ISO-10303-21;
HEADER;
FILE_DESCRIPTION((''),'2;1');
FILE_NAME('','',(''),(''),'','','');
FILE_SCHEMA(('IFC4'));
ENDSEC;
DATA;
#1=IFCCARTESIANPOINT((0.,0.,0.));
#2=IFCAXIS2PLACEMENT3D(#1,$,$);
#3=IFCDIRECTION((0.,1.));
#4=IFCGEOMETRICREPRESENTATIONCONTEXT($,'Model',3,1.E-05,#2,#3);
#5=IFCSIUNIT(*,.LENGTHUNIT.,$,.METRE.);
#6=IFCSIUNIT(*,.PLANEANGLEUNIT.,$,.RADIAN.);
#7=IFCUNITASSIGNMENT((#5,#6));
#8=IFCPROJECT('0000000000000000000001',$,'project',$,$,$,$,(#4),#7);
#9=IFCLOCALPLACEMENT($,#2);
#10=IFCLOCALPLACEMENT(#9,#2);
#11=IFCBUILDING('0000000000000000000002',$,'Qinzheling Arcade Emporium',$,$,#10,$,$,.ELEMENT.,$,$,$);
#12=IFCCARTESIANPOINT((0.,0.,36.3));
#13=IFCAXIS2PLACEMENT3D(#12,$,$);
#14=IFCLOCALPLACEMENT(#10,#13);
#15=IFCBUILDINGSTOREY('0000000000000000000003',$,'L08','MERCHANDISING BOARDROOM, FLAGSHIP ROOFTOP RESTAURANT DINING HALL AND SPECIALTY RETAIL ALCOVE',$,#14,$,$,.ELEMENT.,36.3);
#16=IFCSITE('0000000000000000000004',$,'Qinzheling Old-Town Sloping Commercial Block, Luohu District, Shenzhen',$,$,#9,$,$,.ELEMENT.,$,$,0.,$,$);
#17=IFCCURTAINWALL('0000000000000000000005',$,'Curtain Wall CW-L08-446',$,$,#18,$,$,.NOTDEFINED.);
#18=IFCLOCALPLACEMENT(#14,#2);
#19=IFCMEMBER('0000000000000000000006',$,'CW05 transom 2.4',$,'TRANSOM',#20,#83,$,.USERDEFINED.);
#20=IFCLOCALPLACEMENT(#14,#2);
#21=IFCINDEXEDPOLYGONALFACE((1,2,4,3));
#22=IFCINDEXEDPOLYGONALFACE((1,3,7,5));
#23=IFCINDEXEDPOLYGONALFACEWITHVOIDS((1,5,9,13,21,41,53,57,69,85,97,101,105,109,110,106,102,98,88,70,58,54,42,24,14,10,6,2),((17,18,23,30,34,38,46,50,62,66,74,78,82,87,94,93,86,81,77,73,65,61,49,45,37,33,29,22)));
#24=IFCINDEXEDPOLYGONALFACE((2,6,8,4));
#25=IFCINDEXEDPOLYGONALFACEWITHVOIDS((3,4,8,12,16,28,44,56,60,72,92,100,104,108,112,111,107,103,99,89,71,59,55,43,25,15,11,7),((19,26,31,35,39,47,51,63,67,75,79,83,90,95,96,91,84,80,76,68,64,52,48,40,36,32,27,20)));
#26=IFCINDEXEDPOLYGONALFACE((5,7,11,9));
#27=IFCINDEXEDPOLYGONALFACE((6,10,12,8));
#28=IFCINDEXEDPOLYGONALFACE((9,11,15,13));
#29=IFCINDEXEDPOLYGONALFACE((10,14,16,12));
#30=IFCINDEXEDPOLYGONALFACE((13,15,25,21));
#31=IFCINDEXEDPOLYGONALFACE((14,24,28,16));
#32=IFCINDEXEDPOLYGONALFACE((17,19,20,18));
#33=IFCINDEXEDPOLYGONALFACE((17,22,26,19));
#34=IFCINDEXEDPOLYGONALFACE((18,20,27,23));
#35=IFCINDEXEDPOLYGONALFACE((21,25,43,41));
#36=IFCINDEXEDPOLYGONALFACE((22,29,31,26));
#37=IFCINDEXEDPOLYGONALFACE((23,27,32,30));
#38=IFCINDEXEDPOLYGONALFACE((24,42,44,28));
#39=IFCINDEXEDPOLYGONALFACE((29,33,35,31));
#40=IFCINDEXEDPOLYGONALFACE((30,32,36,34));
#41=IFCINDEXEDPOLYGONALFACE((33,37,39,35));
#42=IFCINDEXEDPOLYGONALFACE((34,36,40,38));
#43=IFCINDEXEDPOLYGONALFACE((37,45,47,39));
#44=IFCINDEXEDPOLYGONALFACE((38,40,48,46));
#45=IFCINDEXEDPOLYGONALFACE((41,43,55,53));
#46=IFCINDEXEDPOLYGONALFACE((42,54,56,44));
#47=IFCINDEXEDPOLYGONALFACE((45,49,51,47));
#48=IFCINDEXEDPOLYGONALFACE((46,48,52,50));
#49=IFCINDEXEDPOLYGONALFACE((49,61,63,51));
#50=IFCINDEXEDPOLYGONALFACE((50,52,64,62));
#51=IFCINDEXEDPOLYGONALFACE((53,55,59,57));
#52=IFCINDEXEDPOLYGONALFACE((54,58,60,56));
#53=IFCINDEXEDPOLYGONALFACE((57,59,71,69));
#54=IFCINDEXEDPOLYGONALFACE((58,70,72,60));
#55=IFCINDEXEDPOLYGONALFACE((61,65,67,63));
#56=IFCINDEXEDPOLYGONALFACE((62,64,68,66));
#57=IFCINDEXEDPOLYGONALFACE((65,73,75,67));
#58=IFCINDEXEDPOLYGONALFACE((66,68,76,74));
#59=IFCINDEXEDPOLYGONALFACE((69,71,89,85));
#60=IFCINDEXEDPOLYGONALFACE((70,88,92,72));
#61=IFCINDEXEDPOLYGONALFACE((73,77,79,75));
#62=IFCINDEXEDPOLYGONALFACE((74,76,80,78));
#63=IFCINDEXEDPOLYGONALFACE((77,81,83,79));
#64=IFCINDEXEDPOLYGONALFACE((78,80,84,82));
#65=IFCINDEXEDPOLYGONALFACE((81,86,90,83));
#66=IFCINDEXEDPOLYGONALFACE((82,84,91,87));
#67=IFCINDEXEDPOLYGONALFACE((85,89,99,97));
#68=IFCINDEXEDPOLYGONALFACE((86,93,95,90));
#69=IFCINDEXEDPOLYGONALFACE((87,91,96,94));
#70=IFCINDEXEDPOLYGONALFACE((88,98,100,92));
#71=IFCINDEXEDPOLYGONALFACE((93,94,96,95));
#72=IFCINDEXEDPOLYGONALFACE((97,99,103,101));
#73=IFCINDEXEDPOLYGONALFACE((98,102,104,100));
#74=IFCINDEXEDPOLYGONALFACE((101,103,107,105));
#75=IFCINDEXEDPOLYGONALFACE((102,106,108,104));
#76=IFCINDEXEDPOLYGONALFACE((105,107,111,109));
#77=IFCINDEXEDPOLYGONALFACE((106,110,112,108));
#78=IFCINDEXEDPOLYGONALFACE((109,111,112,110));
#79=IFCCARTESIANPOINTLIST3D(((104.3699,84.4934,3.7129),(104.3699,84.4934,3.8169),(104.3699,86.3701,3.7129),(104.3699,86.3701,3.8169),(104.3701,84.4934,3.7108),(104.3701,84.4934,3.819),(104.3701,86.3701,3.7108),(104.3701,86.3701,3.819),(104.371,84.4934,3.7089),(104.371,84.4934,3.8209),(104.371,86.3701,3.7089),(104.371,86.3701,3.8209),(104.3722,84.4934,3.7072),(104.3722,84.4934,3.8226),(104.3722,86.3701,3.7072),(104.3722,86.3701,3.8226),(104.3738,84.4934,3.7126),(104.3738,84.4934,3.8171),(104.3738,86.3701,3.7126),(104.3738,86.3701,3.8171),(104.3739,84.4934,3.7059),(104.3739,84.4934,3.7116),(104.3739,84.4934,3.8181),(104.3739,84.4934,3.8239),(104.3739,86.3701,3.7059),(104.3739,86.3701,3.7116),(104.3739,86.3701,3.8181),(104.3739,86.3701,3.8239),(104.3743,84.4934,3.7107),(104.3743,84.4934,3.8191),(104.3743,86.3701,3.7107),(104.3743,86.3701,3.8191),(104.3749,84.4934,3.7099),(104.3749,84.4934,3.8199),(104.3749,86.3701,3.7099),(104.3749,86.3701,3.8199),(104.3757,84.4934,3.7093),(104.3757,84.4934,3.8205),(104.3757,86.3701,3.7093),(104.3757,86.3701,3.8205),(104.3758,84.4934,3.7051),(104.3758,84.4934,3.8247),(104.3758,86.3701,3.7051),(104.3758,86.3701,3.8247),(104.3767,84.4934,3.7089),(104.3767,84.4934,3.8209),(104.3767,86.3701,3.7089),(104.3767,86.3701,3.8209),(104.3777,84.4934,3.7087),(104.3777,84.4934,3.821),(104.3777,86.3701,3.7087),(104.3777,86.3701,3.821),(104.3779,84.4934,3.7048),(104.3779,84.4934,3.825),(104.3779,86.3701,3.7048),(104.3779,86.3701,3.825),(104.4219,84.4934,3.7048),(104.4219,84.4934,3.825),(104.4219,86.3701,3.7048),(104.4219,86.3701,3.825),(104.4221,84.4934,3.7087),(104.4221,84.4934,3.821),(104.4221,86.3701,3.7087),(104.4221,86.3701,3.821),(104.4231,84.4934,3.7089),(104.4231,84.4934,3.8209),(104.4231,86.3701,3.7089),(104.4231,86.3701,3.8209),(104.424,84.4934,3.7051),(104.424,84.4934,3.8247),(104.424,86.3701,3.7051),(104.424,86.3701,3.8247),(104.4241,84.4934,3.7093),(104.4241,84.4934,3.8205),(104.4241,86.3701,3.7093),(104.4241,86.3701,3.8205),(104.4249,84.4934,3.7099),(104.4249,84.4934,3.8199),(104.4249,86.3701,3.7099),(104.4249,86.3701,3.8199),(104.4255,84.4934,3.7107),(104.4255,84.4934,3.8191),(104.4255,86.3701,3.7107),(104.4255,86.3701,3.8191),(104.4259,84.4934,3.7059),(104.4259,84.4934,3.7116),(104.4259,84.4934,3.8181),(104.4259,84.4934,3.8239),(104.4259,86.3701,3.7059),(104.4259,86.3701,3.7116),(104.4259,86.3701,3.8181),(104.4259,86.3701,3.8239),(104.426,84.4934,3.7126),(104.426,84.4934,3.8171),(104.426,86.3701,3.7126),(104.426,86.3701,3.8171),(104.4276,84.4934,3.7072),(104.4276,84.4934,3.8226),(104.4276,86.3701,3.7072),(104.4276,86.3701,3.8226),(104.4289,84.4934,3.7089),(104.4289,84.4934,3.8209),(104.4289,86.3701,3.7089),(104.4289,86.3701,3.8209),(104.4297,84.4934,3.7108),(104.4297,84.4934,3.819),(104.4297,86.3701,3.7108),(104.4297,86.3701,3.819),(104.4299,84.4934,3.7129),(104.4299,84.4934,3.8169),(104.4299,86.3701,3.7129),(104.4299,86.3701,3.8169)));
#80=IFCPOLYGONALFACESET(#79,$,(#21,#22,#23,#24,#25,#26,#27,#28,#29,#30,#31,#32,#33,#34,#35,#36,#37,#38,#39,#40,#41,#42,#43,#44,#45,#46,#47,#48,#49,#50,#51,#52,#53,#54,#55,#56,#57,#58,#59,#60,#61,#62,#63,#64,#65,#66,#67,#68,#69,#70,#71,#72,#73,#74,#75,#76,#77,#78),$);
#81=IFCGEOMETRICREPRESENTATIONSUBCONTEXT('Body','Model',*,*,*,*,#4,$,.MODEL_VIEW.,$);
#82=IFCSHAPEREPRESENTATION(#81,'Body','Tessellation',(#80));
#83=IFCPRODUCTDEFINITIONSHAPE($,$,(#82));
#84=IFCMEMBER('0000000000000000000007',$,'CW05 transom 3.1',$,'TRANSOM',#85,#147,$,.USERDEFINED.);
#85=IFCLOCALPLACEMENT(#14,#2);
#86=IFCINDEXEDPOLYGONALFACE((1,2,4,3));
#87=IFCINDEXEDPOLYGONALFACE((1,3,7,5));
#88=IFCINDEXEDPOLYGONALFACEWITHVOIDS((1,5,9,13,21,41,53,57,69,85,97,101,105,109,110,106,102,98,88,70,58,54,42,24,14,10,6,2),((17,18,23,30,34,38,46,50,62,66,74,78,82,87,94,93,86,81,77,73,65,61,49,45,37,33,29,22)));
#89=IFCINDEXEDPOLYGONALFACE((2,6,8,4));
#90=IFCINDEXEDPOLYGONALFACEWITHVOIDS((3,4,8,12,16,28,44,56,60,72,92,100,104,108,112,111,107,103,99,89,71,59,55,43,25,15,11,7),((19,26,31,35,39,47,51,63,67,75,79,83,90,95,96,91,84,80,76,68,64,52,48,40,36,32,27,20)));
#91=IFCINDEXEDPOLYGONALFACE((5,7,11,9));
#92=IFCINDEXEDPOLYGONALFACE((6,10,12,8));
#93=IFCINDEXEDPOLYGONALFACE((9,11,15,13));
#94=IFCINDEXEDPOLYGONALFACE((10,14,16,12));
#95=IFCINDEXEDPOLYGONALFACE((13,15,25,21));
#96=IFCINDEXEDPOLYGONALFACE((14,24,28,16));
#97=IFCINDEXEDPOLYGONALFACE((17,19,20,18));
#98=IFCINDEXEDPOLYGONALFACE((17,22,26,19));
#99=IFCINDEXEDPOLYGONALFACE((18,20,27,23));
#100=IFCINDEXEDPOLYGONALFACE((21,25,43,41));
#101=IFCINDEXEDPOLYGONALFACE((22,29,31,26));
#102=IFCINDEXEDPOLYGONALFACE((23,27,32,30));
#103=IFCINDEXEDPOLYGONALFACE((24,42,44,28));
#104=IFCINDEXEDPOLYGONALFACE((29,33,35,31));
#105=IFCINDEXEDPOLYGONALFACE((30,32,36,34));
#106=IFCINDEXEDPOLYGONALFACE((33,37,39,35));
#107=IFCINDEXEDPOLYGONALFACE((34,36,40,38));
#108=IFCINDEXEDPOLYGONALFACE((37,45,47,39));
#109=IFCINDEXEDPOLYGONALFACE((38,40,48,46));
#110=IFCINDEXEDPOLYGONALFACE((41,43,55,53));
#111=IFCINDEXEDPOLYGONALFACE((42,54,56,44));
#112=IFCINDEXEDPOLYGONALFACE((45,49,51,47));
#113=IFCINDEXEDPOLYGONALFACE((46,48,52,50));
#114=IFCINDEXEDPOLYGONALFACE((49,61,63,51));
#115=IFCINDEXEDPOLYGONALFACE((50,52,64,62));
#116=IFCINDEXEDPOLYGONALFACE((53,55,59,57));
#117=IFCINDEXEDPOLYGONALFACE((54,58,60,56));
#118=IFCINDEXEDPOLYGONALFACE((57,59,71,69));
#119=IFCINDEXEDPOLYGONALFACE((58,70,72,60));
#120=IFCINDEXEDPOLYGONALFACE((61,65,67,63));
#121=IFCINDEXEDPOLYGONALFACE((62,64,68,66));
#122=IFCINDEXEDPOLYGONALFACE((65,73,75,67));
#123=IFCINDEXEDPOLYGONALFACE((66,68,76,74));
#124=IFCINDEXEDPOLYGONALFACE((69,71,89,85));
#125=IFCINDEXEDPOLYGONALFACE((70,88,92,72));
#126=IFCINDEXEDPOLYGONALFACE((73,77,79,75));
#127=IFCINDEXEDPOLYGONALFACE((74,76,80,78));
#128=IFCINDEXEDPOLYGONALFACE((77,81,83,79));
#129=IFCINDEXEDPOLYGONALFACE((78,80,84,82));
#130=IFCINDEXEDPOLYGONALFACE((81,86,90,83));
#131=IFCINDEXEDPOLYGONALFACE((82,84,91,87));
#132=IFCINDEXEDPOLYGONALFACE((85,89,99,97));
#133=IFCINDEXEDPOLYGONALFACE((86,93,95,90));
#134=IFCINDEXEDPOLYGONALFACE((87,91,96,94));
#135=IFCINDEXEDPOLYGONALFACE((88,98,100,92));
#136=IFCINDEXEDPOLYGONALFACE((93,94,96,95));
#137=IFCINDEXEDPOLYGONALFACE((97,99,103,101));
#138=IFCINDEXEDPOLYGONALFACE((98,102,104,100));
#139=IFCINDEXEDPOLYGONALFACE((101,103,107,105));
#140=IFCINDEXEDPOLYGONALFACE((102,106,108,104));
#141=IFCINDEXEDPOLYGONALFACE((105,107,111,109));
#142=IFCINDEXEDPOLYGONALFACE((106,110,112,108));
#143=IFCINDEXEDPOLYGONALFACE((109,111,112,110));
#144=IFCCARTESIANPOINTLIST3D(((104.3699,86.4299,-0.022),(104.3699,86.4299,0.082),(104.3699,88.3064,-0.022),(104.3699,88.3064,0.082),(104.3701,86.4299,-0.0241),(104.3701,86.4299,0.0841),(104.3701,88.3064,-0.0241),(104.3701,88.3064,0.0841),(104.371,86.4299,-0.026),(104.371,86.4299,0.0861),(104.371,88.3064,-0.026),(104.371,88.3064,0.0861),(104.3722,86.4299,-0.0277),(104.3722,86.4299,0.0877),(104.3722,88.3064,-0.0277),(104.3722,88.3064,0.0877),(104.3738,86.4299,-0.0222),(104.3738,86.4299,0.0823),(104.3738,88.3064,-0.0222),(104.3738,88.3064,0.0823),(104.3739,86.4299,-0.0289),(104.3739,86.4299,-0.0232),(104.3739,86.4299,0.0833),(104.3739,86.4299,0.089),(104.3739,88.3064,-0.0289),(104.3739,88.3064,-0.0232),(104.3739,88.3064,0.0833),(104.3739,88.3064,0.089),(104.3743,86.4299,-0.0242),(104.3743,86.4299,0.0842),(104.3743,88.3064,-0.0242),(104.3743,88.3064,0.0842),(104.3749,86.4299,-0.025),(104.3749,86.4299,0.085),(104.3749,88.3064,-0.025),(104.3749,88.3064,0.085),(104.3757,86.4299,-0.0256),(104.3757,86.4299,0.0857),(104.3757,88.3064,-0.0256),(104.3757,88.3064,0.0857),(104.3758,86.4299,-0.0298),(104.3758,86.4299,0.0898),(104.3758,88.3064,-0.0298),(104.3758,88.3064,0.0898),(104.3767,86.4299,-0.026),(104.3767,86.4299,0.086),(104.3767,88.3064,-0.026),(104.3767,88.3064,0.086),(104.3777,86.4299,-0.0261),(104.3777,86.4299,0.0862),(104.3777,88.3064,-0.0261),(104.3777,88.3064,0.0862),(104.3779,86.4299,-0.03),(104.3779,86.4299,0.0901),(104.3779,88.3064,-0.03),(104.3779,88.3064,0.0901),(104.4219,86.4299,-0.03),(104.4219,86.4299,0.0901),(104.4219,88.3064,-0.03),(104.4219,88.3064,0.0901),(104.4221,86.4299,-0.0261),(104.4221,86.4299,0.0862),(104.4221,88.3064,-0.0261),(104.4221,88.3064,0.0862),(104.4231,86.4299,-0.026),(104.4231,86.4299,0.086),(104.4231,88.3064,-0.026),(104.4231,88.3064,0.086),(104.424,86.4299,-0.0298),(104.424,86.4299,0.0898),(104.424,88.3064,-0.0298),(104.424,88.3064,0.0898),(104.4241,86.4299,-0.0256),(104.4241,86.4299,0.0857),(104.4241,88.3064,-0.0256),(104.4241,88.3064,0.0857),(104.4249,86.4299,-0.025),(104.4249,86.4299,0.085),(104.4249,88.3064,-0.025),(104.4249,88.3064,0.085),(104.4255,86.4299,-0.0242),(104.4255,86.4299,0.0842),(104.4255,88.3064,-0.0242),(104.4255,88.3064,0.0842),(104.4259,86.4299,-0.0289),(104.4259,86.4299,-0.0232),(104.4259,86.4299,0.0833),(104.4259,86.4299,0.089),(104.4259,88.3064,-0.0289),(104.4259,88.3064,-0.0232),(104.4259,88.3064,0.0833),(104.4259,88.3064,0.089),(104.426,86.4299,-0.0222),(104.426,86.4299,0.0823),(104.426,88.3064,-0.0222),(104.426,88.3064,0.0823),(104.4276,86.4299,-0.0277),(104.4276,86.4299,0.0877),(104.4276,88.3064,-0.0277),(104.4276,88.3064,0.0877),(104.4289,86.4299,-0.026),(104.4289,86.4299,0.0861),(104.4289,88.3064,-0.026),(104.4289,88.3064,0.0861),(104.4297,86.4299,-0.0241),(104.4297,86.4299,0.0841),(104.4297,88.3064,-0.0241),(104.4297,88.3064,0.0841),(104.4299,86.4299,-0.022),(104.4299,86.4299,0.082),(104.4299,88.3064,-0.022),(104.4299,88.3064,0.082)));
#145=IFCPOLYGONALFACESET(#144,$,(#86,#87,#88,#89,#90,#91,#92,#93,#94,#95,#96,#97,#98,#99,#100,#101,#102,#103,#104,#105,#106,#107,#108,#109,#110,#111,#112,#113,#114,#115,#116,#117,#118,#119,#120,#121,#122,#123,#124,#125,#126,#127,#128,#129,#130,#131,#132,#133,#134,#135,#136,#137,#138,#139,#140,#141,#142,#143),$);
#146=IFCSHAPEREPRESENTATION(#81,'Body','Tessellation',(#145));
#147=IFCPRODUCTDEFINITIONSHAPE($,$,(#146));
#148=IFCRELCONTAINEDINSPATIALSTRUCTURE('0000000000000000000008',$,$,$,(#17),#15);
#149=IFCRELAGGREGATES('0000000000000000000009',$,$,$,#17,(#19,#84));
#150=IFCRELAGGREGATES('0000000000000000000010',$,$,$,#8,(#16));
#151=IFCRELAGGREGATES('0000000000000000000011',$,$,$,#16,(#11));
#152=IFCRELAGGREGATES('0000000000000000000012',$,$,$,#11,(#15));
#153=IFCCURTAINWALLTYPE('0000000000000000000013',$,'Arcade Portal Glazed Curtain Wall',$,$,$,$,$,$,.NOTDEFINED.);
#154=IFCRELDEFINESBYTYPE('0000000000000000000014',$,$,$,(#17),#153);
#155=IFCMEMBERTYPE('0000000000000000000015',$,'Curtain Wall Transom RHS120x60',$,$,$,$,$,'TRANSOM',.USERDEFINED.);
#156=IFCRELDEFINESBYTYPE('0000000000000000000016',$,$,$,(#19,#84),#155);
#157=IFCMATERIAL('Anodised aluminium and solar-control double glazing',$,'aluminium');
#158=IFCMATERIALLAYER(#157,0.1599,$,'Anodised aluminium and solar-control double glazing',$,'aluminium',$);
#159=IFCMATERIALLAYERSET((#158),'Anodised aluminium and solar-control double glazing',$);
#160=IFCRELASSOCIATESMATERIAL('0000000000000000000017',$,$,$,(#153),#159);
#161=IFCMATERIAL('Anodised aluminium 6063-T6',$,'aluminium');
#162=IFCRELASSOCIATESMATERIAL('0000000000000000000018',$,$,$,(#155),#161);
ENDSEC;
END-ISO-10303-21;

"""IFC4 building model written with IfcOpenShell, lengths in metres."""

from ifc_helpers import new_model, si_unit, direction, frame, origin, origin_2d, place, context, subcontext, project, spatial, hollow_rectangle, extrude, material, layer, layer_set, material_profile, profile_set, type_object, element, aggregate, save


model = new_model("IFC4")

# Units and contexts
model_context = context("Model", 3, precision=1e-05, world=origin(), true_north=direction((0.0, 1.0)))
body_context = subcontext(model_context, "Body", "Model", "MODEL_VIEW")
ifc_project = project(units=[si_unit("LENGTHUNIT", "METRE"), si_unit("PLANEANGLEUNIT", "RADIAN")], contexts=[model_context])

# Site, building, storey
site_placement = place(None, origin())
site = spatial("IfcSite", under=ifc_project, at=site_placement, Name="Qinzheling Old-Town Sloping Commercial Block, Luohu District, Shenzhen", CompositionType="ELEMENT", RefElevation=0.0)
building_placement = place(site_placement, origin())
building = spatial("IfcBuilding", under=site, at=building_placement, Name="Qinzheling Arcade Emporium", CompositionType="ELEMENT")
storey_placement = place(building_placement, frame((0.0, 0.0, 36.3)))
storey = spatial("IfcBuildingStorey", under=building, at=storey_placement, Name="L08", Description="MERCHANDISING BOARDROOM, FLAGSHIP ROOFTOP RESTAURANT DINING HALL AND SPECIALTY RETAIL ALCOVE", CompositionType="ELEMENT", Elevation=36.3)

# Curtain wall, members
ifc_material_1 = material(Name="Anodised aluminium and solar-control double glazing", Category="aluminium")
ifc_layer_1 = layer(ifc_material_1, 0.1599, Name="Anodised aluminium and solar-control double glazing", Category="aluminium")
ifc_layer_set_1 = layer_set([ifc_layer_1], Name="Anodised aluminium and solar-control double glazing")
curtain_wall_type = type_object("IfcCurtainWallType", Name="Arcade Portal Glazed Curtain Wall", PredefinedType="NOTDEFINED", material=ifc_layer_set_1)
curtain_wall_placement = place(storey_placement, origin())
curtain_wall = element("IfcCurtainWall", 1, at=curtain_wall_placement, inside=storey, type_object=curtain_wall_type, Name="Curtain Wall CW-L08-446", PredefinedType="NOTDEFINED")
ifc_material_2 = material(Name="Anodised aluminium 6063-T6", Category="aluminium")
ifc_material_profile_1 = material_profile(ifc_material_2, hollow_rectangle(XDim=0.0601, YDim=0.1201, WallThickness=0.0039, InnerFilletRadius=0.0039, OuterFilletRadius=0.0081, at=origin_2d()), Name="RHS 120x60x4", Category="aluminium")
ifc_profile_set_1 = profile_set([ifc_material_profile_1], Name="Anodised aluminium 6063-T6")
member_type_1 = type_object("IfcMemberType", Name="Curtain Wall Transom RHS120x60", ElementType="TRANSOM", PredefinedType="USERDEFINED", material=ifc_profile_set_1)
member_1_placement = place(storey_placement, frame((104.3999, 84.4934, 3.7649), z_axis=(0.0, 1.0, 0.0), x_axis=(-1.0, 0.0, 0.0)))
member_1 = element("IfcMember", 2, at=member_1_placement, type_object=member_type_1, Name="CW05 transom 2.4", ObjectType="TRANSOM", PredefinedType="USERDEFINED", context=body_context, shape_type="SweptSolid", body=[
    extrude(hollow_rectangle(XDim=0.0601, YDim=0.1201, WallThickness=0.0039, InnerFilletRadius=0.0039, OuterFilletRadius=0.0081, at=origin_2d()), origin(), (0.0, 0.0, 1.0), 1.8767),
])
member_2_placement = place(storey_placement, frame((104.3999, 86.4299, 0.03), z_axis=(0.0, 1.0, 0.0), x_axis=(-1.0, 0.0, 0.0)))
member_2 = element("IfcMember", 3, at=member_2_placement, type_object=member_type_1, Name="CW05 transom 3.1", ObjectType="TRANSOM", PredefinedType="USERDEFINED", context=body_context, shape_type="SweptSolid", body=[
    extrude(hollow_rectangle(XDim=0.0601, YDim=0.1201, WallThickness=0.0039, InnerFilletRadius=0.0039, OuterFilletRadius=0.0081, at=origin_2d()), origin(), (0.0, 0.0, 1.0), 1.8765),
])

aggregate(curtain_wall, [member_1, member_2])

save(model, "model.ifc")
